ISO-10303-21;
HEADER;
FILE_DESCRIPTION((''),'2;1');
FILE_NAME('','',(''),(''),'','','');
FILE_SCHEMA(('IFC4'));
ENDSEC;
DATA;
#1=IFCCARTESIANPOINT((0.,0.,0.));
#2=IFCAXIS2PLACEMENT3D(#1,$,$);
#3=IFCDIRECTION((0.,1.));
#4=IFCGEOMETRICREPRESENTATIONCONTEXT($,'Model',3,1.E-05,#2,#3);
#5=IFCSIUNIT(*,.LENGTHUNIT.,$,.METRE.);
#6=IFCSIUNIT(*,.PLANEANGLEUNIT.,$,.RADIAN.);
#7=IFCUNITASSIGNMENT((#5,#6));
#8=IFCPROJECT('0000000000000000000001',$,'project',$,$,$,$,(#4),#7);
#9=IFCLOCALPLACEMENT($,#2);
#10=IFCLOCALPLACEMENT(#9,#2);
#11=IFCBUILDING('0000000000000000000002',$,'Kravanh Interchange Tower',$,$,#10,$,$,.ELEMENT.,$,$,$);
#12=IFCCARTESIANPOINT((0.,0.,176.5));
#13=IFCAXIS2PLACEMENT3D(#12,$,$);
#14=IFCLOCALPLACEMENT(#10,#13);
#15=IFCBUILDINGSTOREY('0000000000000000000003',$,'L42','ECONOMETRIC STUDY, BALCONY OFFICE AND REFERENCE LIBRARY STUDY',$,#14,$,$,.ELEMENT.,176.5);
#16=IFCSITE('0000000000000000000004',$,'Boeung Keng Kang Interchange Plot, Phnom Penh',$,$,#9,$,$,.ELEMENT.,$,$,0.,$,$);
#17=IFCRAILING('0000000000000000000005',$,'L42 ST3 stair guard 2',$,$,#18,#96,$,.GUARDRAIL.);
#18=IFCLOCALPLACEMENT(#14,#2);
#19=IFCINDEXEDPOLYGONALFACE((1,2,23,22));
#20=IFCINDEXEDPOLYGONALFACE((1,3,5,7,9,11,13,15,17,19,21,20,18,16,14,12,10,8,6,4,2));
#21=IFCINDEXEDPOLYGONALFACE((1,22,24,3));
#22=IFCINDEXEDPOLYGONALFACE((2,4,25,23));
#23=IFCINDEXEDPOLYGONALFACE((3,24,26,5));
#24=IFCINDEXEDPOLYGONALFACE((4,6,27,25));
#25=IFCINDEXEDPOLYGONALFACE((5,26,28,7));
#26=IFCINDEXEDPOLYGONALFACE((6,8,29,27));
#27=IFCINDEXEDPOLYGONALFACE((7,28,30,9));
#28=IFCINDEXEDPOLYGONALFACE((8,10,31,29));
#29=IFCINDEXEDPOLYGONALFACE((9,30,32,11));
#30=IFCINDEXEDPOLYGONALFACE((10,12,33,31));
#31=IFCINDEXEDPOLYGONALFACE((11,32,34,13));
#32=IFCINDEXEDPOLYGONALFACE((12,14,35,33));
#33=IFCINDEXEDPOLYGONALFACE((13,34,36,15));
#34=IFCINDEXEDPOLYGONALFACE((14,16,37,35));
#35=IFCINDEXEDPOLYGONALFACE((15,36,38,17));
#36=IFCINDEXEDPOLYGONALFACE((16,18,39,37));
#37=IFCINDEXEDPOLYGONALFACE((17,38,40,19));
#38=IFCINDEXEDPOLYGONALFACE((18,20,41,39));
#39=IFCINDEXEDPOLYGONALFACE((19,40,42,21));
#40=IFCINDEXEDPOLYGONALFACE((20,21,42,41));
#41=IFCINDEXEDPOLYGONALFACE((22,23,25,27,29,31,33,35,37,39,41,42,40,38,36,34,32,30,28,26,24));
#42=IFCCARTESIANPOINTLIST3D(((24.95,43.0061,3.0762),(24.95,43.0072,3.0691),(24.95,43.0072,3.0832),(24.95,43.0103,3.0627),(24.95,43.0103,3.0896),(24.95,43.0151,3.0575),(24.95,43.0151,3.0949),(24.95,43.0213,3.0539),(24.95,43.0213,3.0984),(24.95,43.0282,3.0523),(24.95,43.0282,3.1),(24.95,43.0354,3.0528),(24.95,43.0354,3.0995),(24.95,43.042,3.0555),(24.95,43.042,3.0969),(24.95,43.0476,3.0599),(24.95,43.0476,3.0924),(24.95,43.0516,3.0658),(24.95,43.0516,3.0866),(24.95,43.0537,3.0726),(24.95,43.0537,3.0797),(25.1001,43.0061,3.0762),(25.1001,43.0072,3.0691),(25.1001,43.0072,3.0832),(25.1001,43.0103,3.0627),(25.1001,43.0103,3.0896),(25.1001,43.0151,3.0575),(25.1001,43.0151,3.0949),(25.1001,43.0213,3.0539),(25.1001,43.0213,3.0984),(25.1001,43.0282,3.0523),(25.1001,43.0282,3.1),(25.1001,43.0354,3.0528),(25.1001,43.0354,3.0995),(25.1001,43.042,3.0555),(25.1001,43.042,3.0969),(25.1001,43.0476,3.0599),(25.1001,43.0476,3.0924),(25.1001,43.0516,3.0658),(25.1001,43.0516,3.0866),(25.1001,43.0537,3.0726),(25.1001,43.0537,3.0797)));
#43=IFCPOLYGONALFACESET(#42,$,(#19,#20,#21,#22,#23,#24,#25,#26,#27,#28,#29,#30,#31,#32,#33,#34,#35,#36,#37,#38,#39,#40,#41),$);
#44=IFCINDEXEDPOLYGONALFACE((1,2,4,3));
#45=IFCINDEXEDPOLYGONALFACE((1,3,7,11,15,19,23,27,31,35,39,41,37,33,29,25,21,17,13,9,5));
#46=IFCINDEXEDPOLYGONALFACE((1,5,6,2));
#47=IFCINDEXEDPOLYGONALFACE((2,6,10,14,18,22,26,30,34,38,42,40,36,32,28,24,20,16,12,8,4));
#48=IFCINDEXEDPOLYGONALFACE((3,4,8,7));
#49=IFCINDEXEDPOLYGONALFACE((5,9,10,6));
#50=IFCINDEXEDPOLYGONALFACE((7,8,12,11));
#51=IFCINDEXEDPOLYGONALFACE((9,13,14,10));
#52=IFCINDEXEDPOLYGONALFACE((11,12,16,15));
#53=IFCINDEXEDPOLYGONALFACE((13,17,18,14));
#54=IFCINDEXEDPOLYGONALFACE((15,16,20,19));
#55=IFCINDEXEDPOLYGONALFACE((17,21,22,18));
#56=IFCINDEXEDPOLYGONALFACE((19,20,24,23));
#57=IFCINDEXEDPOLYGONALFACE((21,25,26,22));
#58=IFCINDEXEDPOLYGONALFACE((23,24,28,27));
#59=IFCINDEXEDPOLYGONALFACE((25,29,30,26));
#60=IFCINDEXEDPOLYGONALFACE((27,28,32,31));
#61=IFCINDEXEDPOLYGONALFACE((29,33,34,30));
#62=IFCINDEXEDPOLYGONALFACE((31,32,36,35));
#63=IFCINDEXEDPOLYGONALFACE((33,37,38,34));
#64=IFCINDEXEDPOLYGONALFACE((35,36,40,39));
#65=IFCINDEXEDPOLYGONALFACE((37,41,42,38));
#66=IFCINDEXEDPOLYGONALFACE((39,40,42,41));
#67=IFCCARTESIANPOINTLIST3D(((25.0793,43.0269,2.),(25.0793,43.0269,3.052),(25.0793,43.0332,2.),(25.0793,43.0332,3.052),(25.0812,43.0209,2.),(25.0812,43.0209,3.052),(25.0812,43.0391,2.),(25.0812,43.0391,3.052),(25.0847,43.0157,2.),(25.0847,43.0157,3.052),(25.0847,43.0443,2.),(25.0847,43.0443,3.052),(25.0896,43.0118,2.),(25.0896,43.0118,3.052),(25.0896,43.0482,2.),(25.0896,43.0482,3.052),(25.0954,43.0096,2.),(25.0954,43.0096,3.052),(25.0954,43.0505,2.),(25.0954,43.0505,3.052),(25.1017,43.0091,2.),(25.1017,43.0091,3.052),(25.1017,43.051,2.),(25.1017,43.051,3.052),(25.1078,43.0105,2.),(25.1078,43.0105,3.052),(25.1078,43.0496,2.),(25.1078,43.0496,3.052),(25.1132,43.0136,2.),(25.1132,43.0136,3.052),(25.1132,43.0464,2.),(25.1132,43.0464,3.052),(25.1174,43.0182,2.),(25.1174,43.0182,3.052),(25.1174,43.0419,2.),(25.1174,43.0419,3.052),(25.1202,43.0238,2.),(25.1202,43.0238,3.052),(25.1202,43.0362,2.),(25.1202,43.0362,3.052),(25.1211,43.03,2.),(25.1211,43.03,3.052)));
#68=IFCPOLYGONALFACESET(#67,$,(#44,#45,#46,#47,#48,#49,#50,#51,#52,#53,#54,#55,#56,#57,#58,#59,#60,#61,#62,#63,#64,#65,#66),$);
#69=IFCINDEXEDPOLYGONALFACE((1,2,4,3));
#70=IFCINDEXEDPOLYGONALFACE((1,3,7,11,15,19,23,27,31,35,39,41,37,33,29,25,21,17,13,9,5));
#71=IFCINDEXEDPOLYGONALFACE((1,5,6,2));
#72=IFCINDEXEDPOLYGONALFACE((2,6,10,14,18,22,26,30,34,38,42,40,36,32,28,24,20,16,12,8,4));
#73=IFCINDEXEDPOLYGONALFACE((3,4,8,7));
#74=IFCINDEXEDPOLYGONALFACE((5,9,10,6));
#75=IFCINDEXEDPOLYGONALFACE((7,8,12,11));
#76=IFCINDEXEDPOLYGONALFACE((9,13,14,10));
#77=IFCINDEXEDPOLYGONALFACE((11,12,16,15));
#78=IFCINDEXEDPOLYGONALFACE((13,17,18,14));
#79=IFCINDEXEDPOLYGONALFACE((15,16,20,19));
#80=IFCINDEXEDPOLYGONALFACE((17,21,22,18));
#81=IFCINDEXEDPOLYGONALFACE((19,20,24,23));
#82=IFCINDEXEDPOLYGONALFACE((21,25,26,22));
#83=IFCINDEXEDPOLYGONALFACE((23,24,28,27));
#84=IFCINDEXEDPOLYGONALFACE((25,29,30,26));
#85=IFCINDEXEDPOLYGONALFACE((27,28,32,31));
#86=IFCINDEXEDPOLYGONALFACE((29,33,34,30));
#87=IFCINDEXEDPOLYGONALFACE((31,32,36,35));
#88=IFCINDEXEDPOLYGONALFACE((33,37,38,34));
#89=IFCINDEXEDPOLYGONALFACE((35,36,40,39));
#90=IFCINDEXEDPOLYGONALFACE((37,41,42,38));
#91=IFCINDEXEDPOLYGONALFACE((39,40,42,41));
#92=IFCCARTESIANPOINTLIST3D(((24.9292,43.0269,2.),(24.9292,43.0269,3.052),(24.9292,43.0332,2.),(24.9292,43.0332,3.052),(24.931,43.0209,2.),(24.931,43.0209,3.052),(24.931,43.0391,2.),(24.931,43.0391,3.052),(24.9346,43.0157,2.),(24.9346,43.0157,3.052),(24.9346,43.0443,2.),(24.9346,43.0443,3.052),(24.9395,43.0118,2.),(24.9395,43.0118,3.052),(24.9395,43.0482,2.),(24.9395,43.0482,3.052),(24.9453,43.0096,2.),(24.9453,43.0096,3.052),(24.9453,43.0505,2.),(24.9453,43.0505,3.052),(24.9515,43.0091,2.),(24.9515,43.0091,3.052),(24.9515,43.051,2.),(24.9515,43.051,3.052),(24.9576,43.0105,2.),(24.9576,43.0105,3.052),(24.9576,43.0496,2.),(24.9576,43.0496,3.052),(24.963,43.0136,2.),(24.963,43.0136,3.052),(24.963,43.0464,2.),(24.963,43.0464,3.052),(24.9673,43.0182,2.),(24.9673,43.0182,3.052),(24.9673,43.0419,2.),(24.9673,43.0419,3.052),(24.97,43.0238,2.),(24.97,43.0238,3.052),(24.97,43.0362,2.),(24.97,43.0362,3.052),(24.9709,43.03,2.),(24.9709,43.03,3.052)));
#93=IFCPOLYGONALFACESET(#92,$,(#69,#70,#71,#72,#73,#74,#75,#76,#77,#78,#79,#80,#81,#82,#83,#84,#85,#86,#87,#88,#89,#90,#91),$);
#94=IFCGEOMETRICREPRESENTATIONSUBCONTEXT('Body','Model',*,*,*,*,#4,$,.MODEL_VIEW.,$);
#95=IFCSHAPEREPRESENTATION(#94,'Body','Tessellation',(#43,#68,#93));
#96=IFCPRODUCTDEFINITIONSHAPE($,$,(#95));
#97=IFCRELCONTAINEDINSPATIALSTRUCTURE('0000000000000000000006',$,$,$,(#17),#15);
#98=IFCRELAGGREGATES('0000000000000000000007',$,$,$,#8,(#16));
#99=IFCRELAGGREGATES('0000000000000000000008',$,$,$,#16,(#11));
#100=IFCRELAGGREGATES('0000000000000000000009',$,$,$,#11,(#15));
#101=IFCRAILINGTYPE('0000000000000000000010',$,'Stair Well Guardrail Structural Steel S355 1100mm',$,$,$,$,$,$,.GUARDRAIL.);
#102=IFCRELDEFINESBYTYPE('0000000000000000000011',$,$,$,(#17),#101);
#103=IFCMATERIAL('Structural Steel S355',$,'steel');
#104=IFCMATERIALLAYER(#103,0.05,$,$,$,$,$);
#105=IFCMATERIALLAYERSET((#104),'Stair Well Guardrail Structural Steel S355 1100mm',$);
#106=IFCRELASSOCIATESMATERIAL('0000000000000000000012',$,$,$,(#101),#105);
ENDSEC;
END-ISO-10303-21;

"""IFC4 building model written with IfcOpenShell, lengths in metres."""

from ifc_helpers import new_model, si_unit, direction, frame, origin, origin_2d, place, context, subcontext, project, spatial, circle, extrude, material, layer, layer_set, type_object, element, save


model = new_model("IFC4")

# Units and contexts
model_context = context("Model", 3, precision=1e-05, world=origin(), true_north=direction((0.0, 1.0)))
body_context = subcontext(model_context, "Body", "Model", "MODEL_VIEW")
ifc_project = project(units=[si_unit("LENGTHUNIT", "METRE"), si_unit("PLANEANGLEUNIT", "RADIAN")], contexts=[model_context])

# Site, building, storey
site_placement = place(None, origin())
site = spatial("IfcSite", under=ifc_project, at=site_placement, Name="Boeung Keng Kang Interchange Plot, Phnom Penh", CompositionType="ELEMENT", RefElevation=0.0)
building_placement = place(site_placement, origin())
building = spatial("IfcBuilding", under=site, at=building_placement, Name="Kravanh Interchange Tower", CompositionType="ELEMENT")
storey_placement = place(building_placement, frame((0.0, 0.0, 176.5)))
storey = spatial("IfcBuildingStorey", under=building, at=storey_placement, Name="L42", Description="ECONOMETRIC STUDY, BALCONY OFFICE AND REFERENCE LIBRARY STUDY", CompositionType="ELEMENT", Elevation=176.5)

# Railing
ifc_material_1 = material(Name="Structural Steel S355", Category="steel")
ifc_layer_1 = layer(ifc_material_1, 0.05)
ifc_layer_set_1 = layer_set([ifc_layer_1], Name="Stair Well Guardrail Structural Steel S355 1100mm")
railing_type_1 = type_object("IfcRailingType", Name="Stair Well Guardrail Structural Steel S355 1100mm", PredefinedType="GUARDRAIL", material=ifc_layer_set_1)
railing_1_placement = place(storey_placement, frame((25.1001, 43.03, 2.0)))
element("IfcRailing", 1, at=railing_1_placement, inside=storey, type_object=railing_type_1, Name="L42 ST3 stair guard 2", PredefinedType="GUARDRAIL", context=body_context, shape_type="SweptSolid", body=[
    extrude(circle(Radius=0.0239, at=origin_2d()), frame((0.0, 0.0, 1.0762), z_axis=(-1.0, 0.0, 0.0), x_axis=(0.0, -1.0, 0.0)), (0.0, 0.0, 1.0), 0.1501),
    extrude(circle(Radius=0.021, at=origin_2d()), origin(), (0.0, 0.0, 1.0), 1.052),
    extrude(circle(Radius=0.021, at=origin_2d()), frame((-0.1501, 0.0, 0.0)), (0.0, 0.0, 1.0), 1.052),
])

save(model, "model.ifc")
